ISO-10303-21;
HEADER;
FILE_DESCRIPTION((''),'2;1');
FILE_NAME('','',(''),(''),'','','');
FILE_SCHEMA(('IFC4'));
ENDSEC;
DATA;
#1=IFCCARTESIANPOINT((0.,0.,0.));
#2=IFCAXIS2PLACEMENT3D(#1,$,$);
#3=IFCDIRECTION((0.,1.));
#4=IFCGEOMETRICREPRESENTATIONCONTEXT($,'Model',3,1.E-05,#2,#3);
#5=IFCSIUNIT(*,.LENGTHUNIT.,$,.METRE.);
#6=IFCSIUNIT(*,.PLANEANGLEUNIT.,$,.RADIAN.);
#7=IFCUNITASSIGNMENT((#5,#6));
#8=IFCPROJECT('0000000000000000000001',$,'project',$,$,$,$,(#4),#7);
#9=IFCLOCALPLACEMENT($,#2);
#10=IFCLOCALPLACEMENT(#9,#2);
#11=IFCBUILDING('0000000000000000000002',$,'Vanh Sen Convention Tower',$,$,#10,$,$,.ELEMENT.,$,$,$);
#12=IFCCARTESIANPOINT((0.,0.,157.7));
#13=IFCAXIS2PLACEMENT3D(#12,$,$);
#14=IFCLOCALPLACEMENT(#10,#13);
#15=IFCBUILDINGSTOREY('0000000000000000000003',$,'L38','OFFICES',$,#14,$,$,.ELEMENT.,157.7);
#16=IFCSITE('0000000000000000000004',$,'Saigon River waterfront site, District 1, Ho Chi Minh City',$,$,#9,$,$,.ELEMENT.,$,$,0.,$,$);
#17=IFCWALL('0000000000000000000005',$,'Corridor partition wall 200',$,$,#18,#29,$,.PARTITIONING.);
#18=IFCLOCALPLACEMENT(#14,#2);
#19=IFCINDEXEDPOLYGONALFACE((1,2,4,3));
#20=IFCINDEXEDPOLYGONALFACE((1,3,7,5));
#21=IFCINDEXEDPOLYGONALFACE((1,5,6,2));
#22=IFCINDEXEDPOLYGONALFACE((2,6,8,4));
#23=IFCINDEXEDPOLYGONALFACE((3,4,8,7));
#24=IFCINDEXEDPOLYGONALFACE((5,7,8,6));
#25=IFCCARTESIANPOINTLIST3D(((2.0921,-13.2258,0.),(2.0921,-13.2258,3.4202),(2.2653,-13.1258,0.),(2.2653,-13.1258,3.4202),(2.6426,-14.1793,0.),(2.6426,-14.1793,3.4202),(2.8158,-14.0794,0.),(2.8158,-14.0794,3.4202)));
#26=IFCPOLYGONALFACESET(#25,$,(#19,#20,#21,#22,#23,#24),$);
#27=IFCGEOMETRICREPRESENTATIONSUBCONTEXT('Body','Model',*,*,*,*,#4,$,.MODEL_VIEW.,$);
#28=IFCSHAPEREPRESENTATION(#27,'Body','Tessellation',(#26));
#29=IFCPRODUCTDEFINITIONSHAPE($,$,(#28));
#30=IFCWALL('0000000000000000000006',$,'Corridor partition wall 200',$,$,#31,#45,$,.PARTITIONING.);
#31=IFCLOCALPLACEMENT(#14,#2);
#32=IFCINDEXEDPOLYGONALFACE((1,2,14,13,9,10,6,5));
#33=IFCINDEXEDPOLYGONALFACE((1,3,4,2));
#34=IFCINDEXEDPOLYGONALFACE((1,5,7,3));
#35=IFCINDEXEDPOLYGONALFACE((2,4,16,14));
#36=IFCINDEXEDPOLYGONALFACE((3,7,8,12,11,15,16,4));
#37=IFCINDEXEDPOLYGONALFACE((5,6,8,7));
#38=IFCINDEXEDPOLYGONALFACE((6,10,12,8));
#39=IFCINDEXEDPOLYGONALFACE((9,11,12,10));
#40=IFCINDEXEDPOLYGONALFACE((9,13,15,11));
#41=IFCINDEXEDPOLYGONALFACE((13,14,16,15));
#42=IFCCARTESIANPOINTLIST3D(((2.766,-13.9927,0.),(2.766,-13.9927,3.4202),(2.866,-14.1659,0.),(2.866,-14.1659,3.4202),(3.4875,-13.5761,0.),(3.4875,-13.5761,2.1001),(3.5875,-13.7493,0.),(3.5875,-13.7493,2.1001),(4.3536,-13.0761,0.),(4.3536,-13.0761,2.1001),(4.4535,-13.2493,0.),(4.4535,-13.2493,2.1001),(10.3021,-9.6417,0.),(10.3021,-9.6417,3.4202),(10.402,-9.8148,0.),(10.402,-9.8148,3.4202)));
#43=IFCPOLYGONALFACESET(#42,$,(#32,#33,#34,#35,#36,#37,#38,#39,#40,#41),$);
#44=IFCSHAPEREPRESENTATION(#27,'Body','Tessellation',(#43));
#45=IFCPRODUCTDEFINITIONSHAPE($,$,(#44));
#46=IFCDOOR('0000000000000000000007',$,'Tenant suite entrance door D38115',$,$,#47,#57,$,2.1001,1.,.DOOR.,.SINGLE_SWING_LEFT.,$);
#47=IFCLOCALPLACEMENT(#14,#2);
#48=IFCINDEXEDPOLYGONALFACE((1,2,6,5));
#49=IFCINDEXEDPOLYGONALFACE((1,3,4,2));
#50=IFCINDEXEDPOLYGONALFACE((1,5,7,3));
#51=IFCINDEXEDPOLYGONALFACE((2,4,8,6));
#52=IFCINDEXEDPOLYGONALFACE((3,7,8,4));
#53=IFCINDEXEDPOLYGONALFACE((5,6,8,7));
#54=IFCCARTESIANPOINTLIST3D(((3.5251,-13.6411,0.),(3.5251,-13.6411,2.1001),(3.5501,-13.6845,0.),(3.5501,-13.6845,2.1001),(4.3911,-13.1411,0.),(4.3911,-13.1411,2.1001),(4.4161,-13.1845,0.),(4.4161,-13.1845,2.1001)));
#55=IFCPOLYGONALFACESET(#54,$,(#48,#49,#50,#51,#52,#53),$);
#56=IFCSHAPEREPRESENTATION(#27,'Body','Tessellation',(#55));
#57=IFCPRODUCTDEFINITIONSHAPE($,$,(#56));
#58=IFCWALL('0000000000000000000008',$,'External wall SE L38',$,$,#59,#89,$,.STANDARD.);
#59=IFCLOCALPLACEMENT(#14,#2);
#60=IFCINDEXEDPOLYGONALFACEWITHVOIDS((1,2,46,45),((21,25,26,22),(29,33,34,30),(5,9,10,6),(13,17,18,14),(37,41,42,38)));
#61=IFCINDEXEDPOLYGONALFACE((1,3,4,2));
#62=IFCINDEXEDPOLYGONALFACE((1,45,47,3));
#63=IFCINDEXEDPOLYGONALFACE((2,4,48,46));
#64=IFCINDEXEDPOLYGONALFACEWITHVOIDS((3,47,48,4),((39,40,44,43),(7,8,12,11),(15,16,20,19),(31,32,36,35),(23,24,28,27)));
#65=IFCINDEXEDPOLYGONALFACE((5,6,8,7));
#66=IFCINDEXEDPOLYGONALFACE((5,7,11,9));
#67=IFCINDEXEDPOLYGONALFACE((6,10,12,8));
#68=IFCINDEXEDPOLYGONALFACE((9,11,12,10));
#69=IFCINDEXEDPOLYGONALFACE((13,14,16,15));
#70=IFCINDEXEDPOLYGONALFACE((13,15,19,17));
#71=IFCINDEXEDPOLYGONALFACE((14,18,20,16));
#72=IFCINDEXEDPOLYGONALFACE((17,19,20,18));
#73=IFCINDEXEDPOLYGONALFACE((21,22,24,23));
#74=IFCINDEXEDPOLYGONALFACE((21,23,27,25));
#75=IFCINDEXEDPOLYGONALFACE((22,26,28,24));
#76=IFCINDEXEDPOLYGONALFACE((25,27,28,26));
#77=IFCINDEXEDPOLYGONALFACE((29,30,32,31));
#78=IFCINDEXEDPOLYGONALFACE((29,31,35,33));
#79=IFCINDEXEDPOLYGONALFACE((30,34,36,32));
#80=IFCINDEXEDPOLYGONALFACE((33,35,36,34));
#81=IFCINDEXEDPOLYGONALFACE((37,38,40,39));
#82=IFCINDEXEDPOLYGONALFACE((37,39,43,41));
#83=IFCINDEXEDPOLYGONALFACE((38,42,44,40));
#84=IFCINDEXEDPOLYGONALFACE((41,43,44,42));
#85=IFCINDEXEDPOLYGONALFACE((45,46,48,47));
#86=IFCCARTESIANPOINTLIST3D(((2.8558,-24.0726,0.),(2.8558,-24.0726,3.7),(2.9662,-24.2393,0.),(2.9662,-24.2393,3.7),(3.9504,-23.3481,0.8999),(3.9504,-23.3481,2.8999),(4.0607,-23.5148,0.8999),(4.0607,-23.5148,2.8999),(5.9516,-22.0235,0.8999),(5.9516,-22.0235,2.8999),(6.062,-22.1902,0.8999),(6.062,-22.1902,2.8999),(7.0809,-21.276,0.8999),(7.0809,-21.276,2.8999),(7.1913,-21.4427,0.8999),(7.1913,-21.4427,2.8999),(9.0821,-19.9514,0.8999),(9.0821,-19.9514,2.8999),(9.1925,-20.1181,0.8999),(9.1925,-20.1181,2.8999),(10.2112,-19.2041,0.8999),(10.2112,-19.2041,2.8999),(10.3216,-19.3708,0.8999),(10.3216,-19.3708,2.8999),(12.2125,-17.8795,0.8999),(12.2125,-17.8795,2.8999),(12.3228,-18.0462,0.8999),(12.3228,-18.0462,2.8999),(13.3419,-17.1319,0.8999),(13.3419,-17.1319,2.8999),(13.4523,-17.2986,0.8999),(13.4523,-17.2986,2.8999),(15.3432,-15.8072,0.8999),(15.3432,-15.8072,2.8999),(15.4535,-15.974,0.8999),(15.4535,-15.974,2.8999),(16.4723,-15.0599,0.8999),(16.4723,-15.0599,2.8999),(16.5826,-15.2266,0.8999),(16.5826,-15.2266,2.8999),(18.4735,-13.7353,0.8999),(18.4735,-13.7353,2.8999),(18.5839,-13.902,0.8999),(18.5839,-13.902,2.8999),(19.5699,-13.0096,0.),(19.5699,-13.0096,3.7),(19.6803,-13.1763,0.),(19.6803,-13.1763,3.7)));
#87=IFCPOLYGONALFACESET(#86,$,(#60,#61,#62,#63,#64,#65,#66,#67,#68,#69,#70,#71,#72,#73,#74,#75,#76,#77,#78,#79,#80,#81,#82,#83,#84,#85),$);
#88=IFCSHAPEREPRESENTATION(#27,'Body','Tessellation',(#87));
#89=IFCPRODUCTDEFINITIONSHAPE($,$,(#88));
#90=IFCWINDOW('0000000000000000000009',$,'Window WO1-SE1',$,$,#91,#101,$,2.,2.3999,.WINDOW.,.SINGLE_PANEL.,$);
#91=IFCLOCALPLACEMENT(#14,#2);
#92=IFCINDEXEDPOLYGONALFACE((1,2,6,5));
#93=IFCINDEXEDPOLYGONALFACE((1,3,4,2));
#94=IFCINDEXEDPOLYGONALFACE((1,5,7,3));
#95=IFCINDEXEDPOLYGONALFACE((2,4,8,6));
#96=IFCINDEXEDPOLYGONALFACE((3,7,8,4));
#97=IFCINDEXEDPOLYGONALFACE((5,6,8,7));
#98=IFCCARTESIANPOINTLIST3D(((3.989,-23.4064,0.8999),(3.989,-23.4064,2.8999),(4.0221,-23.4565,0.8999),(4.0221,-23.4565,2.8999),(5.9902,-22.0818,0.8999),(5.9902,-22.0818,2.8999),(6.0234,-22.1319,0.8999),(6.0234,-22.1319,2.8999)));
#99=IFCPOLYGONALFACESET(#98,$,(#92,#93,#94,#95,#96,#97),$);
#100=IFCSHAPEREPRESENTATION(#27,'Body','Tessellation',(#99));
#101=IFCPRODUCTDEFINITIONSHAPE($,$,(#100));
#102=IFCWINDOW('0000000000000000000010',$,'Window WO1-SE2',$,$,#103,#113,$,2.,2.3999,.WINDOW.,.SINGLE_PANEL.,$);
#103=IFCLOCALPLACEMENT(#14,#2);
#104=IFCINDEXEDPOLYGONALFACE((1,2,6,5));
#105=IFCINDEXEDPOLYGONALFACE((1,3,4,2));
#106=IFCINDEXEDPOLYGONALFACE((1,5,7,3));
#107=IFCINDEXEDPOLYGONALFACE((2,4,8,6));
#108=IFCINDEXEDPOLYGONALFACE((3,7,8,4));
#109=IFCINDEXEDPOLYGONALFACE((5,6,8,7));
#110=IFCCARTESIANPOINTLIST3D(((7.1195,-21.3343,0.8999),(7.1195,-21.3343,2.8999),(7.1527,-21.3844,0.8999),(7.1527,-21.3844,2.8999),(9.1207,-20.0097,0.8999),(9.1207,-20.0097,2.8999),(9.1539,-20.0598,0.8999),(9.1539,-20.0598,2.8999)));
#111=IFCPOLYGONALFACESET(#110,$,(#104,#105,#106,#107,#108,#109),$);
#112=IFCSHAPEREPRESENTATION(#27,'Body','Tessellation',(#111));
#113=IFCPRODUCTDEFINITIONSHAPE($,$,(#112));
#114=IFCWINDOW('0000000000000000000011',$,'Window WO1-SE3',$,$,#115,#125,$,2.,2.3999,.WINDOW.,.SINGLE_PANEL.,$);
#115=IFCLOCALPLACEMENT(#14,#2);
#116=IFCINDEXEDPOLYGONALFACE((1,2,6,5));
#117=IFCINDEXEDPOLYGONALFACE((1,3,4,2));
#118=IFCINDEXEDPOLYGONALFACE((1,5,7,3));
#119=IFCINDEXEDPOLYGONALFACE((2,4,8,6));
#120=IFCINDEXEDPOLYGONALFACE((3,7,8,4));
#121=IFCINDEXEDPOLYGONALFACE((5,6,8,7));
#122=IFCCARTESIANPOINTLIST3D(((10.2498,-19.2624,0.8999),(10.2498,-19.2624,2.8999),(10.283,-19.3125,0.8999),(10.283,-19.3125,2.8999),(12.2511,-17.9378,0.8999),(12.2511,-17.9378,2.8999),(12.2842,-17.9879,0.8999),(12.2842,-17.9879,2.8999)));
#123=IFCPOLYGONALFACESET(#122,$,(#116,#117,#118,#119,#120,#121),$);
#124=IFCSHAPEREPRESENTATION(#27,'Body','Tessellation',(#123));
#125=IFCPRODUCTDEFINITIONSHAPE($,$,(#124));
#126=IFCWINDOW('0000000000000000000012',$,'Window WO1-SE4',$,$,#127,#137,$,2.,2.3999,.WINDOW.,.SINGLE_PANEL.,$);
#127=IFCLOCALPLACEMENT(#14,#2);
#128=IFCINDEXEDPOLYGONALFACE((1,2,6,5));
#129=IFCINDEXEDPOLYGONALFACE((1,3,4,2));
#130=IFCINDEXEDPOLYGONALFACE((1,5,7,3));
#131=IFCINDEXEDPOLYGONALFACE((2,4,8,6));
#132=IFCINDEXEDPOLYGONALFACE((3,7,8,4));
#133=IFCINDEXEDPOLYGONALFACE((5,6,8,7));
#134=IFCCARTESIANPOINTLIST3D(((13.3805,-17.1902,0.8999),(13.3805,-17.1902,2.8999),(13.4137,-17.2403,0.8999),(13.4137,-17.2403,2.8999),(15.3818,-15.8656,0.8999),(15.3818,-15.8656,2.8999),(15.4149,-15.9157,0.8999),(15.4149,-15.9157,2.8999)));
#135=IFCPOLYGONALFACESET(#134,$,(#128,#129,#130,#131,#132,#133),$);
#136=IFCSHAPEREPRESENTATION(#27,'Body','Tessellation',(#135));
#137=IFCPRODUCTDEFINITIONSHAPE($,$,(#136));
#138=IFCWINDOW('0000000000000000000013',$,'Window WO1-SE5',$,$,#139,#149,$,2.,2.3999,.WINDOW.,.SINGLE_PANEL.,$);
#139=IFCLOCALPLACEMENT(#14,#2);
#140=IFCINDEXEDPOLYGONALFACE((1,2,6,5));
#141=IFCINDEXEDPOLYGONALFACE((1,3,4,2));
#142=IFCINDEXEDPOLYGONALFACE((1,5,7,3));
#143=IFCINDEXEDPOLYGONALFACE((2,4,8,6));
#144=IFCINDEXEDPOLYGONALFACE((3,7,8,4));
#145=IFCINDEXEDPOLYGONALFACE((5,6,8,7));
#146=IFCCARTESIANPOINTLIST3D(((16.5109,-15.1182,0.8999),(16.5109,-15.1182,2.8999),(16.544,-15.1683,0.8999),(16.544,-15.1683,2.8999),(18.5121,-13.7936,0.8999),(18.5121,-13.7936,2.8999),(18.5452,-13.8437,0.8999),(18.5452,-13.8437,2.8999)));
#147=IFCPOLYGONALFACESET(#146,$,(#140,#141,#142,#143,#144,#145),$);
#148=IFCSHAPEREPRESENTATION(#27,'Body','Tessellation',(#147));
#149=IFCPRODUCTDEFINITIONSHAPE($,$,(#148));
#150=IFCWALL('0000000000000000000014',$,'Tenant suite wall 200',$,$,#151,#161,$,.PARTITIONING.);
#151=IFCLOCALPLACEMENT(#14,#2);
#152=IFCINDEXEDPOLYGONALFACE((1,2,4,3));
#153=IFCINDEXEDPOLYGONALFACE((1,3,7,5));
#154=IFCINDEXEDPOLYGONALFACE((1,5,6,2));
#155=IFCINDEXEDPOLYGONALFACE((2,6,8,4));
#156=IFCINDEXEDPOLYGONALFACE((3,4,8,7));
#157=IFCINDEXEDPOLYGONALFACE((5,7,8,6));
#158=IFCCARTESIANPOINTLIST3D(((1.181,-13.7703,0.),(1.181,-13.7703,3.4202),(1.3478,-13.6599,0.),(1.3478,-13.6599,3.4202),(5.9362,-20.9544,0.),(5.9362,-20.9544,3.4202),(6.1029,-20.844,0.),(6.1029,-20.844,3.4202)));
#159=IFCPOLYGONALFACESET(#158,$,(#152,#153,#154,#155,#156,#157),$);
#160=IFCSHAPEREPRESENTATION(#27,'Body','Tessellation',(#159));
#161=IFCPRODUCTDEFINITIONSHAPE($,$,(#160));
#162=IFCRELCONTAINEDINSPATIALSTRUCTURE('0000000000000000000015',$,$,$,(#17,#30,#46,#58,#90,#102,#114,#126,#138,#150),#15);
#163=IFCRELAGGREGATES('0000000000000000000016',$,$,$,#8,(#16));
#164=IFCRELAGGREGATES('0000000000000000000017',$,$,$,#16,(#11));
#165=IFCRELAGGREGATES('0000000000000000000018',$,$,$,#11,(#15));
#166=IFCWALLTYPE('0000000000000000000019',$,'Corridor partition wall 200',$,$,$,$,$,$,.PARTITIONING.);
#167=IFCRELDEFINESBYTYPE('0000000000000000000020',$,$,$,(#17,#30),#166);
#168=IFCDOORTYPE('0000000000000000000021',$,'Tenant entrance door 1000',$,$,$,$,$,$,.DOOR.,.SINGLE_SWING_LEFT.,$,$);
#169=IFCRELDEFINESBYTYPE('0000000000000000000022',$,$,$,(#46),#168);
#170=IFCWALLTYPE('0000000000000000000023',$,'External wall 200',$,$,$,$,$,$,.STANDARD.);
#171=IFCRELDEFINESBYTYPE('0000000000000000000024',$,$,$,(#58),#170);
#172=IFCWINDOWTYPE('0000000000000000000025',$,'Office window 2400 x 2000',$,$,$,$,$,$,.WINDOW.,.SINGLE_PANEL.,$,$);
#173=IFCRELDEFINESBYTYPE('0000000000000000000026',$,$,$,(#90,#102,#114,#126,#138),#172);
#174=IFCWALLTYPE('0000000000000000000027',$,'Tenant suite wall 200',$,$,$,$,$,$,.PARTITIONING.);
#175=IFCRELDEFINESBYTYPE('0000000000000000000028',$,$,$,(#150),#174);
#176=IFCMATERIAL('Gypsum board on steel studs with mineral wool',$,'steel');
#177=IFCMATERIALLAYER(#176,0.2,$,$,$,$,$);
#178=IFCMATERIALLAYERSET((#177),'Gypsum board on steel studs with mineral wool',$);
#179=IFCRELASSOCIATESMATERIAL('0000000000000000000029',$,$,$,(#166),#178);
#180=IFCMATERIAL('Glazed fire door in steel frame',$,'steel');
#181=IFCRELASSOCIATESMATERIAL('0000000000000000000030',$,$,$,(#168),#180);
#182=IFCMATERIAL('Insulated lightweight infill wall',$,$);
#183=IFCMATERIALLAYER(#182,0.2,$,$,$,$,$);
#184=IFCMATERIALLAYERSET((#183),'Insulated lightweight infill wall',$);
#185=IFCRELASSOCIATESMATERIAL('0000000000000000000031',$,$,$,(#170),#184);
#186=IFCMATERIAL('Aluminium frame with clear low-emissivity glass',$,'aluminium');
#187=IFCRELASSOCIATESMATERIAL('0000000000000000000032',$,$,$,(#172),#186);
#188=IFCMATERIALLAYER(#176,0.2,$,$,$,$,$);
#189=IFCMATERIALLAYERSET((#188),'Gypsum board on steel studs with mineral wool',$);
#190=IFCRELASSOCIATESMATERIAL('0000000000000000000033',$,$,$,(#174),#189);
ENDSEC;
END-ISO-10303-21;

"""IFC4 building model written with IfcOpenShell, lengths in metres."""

from ifc_helpers import new_model, si_unit, direction, frame, frame_2d, origin, place, context, subcontext, project, spatial, rectangle, extrude, material, layer, layer_set, type_object, element, fill, save


model = new_model("IFC4")

# Units and contexts
model_context = context("Model", 3, precision=1e-05, world=origin(), true_north=direction((0.0, 1.0)))
body_context = subcontext(model_context, "Body", "Model", "MODEL_VIEW")
ifc_project = project(units=[si_unit("LENGTHUNIT", "METRE"), si_unit("PLANEANGLEUNIT", "RADIAN")], contexts=[model_context])

# Site, building, storey
site_placement = place(None, origin())
site = spatial("IfcSite", under=ifc_project, at=site_placement, Name="Saigon River waterfront site, District 1, Ho Chi Minh City", CompositionType="ELEMENT", RefElevation=0.0)
building_placement = place(site_placement, origin())
building = spatial("IfcBuilding", under=site, at=building_placement, Name="Vanh Sen Convention Tower", CompositionType="ELEMENT")
storey_placement = place(building_placement, frame((0.0, 0.0, 157.7)))
storey = spatial("IfcBuildingStorey", under=building, at=storey_placement, Name="L38", Description="OFFICES", CompositionType="ELEMENT", Elevation=157.7)

# Wall
ifc_material_1 = material(Name="Gypsum board on steel studs with mineral wool", Category="steel")
ifc_layer_1 = layer(ifc_material_1, 0.2)
ifc_layer_set_1 = layer_set([ifc_layer_1], Name="Gypsum board on steel studs with mineral wool")
wall_type_1 = type_object("IfcWallType", Name="Corridor partition wall 200", PredefinedType="PARTITIONING", material=ifc_layer_set_1)
wall_1_placement = place(storey_placement, frame((2.1787, -13.1758, 0.0), z_axis=(0.0, 0.0, 1.0), x_axis=(0.499978, -0.866038, 0.0)))
element("IfcWall", 1, at=wall_1_placement, inside=storey, type_object=wall_type_1, Name="Corridor partition wall 200", PredefinedType="PARTITIONING", context=body_context, shape_type="SweptSolid", body=[
    extrude(rectangle(XDim=1.1011, YDim=0.2, at=frame_2d((0.5505, 0.0))), origin(), (0.0, 0.0, 1.0), 3.4202),
])

# Wall, opening, door
wall_2_placement = place(storey_placement, frame((2.8159, -14.0793, 0.0), z_axis=(0.0, 0.0, 1.0), x_axis=(0.866021, 0.500007, 0.0)))
wall_2 = element("IfcWall", 2, at=wall_2_placement, inside=storey, type_object=wall_type_1, Name="Corridor partition wall 200", PredefinedType="PARTITIONING", context=body_context, shape_type="SweptSolid", body=[
    extrude(rectangle(XDim=8.7019, YDim=0.2, at=frame_2d((4.3511, 0.0))), origin(), (0.0, 0.0, 1.0), 3.4202),
])
opening_1_placement = place(wall_2_placement, frame((0.8333, 0.0, 0.0)))
opening_1 = element("IfcOpeningElement", 3, at=opening_1_placement, cuts=wall_2, PredefinedType="OPENING", context=body_context, shape_type="SweptSolid", body=[
    extrude(rectangle(XDim=1.0, YDim=2.1001, at=frame_2d((0.5, 1.05))), frame((0.0, 0.1099, 0.0), z_axis=(0.0, -1.0, 0.0), x_axis=(1.0, 0.0, 0.0)), (0.0, 0.0, 1.0), 0.22),
])
ifc_material_2 = material(Name="Glazed fire door in steel frame", Category="steel")
door_type = type_object("IfcDoorType", Name="Tenant entrance door 1000", OperationType="SINGLE_SWING_LEFT", PredefinedType="DOOR", material=ifc_material_2)
door_placement = place(opening_1_placement, origin())
door = element("IfcDoor", 4, at=door_placement, inside=storey, type_object=door_type, Name="Tenant suite entrance door D38115", OperationType="SINGLE_SWING_LEFT", OverallHeight=2.1001, OverallWidth=1.0, PredefinedType="DOOR", context=body_context, shape_type="SweptSolid", body=[
    extrude(rectangle(XDim=1.0, YDim=2.1001, at=frame_2d((0.5, 1.05))), frame((0.0, 0.0249, 0.0), z_axis=(0.0, -1.0, 0.0), x_axis=(1.0, 0.0, 0.0)), (0.0, 0.0, 1.0), 0.05),
])
fill(opening_1, door)

# Wall, openings, windows
ifc_material_3 = material(Name="Insulated lightweight infill wall")
ifc_layer_2 = layer(ifc_material_3, 0.2)
ifc_layer_set_2 = layer_set([ifc_layer_2], Name="Insulated lightweight infill wall")
wall_type_2 = type_object("IfcWallType", Name="External wall 200", PredefinedType="STANDARD", material=ifc_layer_set_2)
wall_3_placement = place(storey_placement, frame((2.9109, -24.156, 0.0), z_axis=(0.0, 0.0, 1.0), x_axis=(0.833882, 0.551943, 0.0)))
wall_3 = element("IfcWall", 5, at=wall_3_placement, inside=storey, type_object=wall_type_2, Name="External wall SE L38", PredefinedType="STANDARD", context=body_context, shape_type="SweptSolid", body=[
    extrude(rectangle(XDim=20.0437, YDim=0.2, at=frame_2d((10.022, 0.0))), origin(), (0.0, 0.0, 1.0), 3.7),
])
opening_2_placement = place(wall_3_placement, frame((1.3127, 0.0, 0.8999)))
opening_2 = element("IfcOpeningElement", 6, at=opening_2_placement, cuts=wall_3, PredefinedType="OPENING", context=body_context, shape_type="SweptSolid", body=[
    extrude(rectangle(XDim=2.3999, YDim=2.0, at=frame_2d((1.2, 1.0))), frame((0.0, 0.1099, 0.0), z_axis=(0.0, -1.0, 0.0), x_axis=(1.0, 0.0, 0.0)), (0.0, 0.0, 1.0), 0.22),
])
opening_3_placement = place(wall_3_placement, frame((5.0669, 0.0, 0.8999)))
opening_3 = element("IfcOpeningElement", 7, at=opening_3_placement, cuts=wall_3, PredefinedType="OPENING", context=body_context, shape_type="SweptSolid", body=[
    extrude(rectangle(XDim=2.3999, YDim=2.0, at=frame_2d((1.2, 1.0))), frame((0.0, 0.1099, 0.0), z_axis=(0.0, -1.0, 0.0), x_axis=(1.0, 0.0, 0.0)), (0.0, 0.0, 1.0), 0.22),
])
opening_4_placement = place(wall_3_placement, frame((8.8208, 0.0, 0.8999)))
opening_4 = element("IfcOpeningElement", 8, at=opening_4_placement, cuts=wall_3, PredefinedType="OPENING", context=body_context, shape_type="SweptSolid", body=[
    extrude(rectangle(XDim=2.3999, YDim=2.0, at=frame_2d((1.2, 1.0))), frame((0.0, 0.1099, 0.0), z_axis=(0.0, -1.0, 0.0), x_axis=(1.0, 0.0, 0.0)), (0.0, 0.0, 1.0), 0.22),
])
opening_5_placement = place(wall_3_placement, frame((12.5752, 0.0, 0.8999)))
opening_5 = element("IfcOpeningElement", 9, at=opening_5_placement, cuts=wall_3, PredefinedType="OPENING", context=body_context, shape_type="SweptSolid", body=[
    extrude(rectangle(XDim=2.3999, YDim=2.0, at=frame_2d((1.2, 1.0))), frame((0.0, 0.1099, 0.0), z_axis=(0.0, -1.0, 0.0), x_axis=(1.0, 0.0, 0.0)), (0.0, 0.0, 1.0), 0.22),
])
opening_6_placement = place(wall_3_placement, frame((16.3291, 0.0, 0.8999)))
opening_6 = element("IfcOpeningElement", 10, at=opening_6_placement, cuts=wall_3, PredefinedType="OPENING", context=body_context, shape_type="SweptSolid", body=[
    extrude(rectangle(XDim=2.3999, YDim=2.0, at=frame_2d((1.2, 1.0))), frame((0.0, 0.1099, 0.0), z_axis=(0.0, -1.0, 0.0), x_axis=(1.0, 0.0, 0.0)), (0.0, 0.0, 1.0), 0.22),
])
ifc_material_4 = material(Name="Aluminium frame with clear low-emissivity glass", Category="aluminium")
window_type = type_object("IfcWindowType", Name="Office window 2400 x 2000", PartitioningType="SINGLE_PANEL", PredefinedType="WINDOW", material=ifc_material_4)
window_1_placement = place(opening_2_placement, origin())
window_1 = element("IfcWindow", 11, at=window_1_placement, inside=storey, type_object=window_type, Name="Window WO1-SE1", OverallHeight=2.0, OverallWidth=2.3999, PartitioningType="SINGLE_PANEL", PredefinedType="WINDOW", context=body_context, shape_type="SweptSolid", body=[
    extrude(rectangle(XDim=2.3999, YDim=2.0, at=frame_2d((1.2, 1.0))), frame((0.0, 0.03, 0.0), z_axis=(0.0, -1.0, 0.0), x_axis=(1.0, 0.0, 0.0)), (0.0, 0.0, 1.0), 0.0601),
])
fill(opening_2, window_1)
window_2_placement = place(opening_3_placement, origin())
window_2 = element("IfcWindow", 12, at=window_2_placement, inside=storey, type_object=window_type, Name="Window WO1-SE2", OverallHeight=2.0, OverallWidth=2.3999, PartitioningType="SINGLE_PANEL", PredefinedType="WINDOW", context=body_context, shape_type="SweptSolid", body=[
    extrude(rectangle(XDim=2.3999, YDim=2.0, at=frame_2d((1.2, 1.0))), frame((0.0, 0.03, 0.0), z_axis=(0.0, -1.0, 0.0), x_axis=(1.0, 0.0, 0.0)), (0.0, 0.0, 1.0), 0.0601),
])
fill(opening_3, window_2)
window_3_placement = place(opening_4_placement, origin())
window_3 = element("IfcWindow", 13, at=window_3_placement, inside=storey, type_object=window_type, Name="Window WO1-SE3", OverallHeight=2.0, OverallWidth=2.3999, PartitioningType="SINGLE_PANEL", PredefinedType="WINDOW", context=body_context, shape_type="SweptSolid", body=[
    extrude(rectangle(XDim=2.3999, YDim=2.0, at=frame_2d((1.2, 1.0))), frame((0.0, 0.03, 0.0), z_axis=(0.0, -1.0, 0.0), x_axis=(1.0, 0.0, 0.0)), (0.0, 0.0, 1.0), 0.0601),
])
fill(opening_4, window_3)
window_4_placement = place(opening_5_placement, origin())
window_4 = element("IfcWindow", 14, at=window_4_placement, inside=storey, type_object=window_type, Name="Window WO1-SE4", OverallHeight=2.0, OverallWidth=2.3999, PartitioningType="SINGLE_PANEL", PredefinedType="WINDOW", context=body_context, shape_type="SweptSolid", body=[
    extrude(rectangle(XDim=2.3999, YDim=2.0, at=frame_2d((1.2, 1.0))), frame((0.0, 0.03, 0.0), z_axis=(0.0, -1.0, 0.0), x_axis=(1.0, 0.0, 0.0)), (0.0, 0.0, 1.0), 0.0601),
])
fill(opening_5, window_4)
window_5_placement = place(opening_6_placement, origin())
window_5 = element("IfcWindow", 15, at=window_5_placement, inside=storey, type_object=window_type, Name="Window WO1-SE5", OverallHeight=2.0, OverallWidth=2.3999, PartitioningType="SINGLE_PANEL", PredefinedType="WINDOW", context=body_context, shape_type="SweptSolid", body=[
    extrude(rectangle(XDim=2.3999, YDim=2.0, at=frame_2d((1.2, 1.0))), frame((0.0, 0.03, 0.0), z_axis=(0.0, -1.0, 0.0), x_axis=(1.0, 0.0, 0.0)), (0.0, 0.0, 1.0), 0.0601),
])
fill(opening_6, window_5)

# Wall
ifc_layer_3 = layer(ifc_material_1, 0.2)
ifc_layer_set_3 = layer_set([ifc_layer_3], Name="Gypsum board on steel studs with mineral wool")
wall_type_3 = type_object("IfcWallType", Name="Tenant suite wall 200", PredefinedType="PARTITIONING", material=ifc_layer_set_3)
wall_4_placement = place(storey_placement, frame((6.0195, -20.8992, 0.0), z_axis=(0.0, 0.0, 1.0), x_axis=(-0.551944, 0.833881, 0.0)))
element("IfcWall", 16, at=wall_4_placement, inside=storey, type_object=wall_type_3, Name="Tenant suite wall 200", PredefinedType="PARTITIONING", context=body_context, shape_type="SweptSolid", body=[
    extrude(rectangle(XDim=8.6152, YDim=0.2, at=frame_2d((4.3076, 0.0))), origin(), (0.0, 0.0, 1.0), 3.4202),
])

save(model, "model.ifc")
